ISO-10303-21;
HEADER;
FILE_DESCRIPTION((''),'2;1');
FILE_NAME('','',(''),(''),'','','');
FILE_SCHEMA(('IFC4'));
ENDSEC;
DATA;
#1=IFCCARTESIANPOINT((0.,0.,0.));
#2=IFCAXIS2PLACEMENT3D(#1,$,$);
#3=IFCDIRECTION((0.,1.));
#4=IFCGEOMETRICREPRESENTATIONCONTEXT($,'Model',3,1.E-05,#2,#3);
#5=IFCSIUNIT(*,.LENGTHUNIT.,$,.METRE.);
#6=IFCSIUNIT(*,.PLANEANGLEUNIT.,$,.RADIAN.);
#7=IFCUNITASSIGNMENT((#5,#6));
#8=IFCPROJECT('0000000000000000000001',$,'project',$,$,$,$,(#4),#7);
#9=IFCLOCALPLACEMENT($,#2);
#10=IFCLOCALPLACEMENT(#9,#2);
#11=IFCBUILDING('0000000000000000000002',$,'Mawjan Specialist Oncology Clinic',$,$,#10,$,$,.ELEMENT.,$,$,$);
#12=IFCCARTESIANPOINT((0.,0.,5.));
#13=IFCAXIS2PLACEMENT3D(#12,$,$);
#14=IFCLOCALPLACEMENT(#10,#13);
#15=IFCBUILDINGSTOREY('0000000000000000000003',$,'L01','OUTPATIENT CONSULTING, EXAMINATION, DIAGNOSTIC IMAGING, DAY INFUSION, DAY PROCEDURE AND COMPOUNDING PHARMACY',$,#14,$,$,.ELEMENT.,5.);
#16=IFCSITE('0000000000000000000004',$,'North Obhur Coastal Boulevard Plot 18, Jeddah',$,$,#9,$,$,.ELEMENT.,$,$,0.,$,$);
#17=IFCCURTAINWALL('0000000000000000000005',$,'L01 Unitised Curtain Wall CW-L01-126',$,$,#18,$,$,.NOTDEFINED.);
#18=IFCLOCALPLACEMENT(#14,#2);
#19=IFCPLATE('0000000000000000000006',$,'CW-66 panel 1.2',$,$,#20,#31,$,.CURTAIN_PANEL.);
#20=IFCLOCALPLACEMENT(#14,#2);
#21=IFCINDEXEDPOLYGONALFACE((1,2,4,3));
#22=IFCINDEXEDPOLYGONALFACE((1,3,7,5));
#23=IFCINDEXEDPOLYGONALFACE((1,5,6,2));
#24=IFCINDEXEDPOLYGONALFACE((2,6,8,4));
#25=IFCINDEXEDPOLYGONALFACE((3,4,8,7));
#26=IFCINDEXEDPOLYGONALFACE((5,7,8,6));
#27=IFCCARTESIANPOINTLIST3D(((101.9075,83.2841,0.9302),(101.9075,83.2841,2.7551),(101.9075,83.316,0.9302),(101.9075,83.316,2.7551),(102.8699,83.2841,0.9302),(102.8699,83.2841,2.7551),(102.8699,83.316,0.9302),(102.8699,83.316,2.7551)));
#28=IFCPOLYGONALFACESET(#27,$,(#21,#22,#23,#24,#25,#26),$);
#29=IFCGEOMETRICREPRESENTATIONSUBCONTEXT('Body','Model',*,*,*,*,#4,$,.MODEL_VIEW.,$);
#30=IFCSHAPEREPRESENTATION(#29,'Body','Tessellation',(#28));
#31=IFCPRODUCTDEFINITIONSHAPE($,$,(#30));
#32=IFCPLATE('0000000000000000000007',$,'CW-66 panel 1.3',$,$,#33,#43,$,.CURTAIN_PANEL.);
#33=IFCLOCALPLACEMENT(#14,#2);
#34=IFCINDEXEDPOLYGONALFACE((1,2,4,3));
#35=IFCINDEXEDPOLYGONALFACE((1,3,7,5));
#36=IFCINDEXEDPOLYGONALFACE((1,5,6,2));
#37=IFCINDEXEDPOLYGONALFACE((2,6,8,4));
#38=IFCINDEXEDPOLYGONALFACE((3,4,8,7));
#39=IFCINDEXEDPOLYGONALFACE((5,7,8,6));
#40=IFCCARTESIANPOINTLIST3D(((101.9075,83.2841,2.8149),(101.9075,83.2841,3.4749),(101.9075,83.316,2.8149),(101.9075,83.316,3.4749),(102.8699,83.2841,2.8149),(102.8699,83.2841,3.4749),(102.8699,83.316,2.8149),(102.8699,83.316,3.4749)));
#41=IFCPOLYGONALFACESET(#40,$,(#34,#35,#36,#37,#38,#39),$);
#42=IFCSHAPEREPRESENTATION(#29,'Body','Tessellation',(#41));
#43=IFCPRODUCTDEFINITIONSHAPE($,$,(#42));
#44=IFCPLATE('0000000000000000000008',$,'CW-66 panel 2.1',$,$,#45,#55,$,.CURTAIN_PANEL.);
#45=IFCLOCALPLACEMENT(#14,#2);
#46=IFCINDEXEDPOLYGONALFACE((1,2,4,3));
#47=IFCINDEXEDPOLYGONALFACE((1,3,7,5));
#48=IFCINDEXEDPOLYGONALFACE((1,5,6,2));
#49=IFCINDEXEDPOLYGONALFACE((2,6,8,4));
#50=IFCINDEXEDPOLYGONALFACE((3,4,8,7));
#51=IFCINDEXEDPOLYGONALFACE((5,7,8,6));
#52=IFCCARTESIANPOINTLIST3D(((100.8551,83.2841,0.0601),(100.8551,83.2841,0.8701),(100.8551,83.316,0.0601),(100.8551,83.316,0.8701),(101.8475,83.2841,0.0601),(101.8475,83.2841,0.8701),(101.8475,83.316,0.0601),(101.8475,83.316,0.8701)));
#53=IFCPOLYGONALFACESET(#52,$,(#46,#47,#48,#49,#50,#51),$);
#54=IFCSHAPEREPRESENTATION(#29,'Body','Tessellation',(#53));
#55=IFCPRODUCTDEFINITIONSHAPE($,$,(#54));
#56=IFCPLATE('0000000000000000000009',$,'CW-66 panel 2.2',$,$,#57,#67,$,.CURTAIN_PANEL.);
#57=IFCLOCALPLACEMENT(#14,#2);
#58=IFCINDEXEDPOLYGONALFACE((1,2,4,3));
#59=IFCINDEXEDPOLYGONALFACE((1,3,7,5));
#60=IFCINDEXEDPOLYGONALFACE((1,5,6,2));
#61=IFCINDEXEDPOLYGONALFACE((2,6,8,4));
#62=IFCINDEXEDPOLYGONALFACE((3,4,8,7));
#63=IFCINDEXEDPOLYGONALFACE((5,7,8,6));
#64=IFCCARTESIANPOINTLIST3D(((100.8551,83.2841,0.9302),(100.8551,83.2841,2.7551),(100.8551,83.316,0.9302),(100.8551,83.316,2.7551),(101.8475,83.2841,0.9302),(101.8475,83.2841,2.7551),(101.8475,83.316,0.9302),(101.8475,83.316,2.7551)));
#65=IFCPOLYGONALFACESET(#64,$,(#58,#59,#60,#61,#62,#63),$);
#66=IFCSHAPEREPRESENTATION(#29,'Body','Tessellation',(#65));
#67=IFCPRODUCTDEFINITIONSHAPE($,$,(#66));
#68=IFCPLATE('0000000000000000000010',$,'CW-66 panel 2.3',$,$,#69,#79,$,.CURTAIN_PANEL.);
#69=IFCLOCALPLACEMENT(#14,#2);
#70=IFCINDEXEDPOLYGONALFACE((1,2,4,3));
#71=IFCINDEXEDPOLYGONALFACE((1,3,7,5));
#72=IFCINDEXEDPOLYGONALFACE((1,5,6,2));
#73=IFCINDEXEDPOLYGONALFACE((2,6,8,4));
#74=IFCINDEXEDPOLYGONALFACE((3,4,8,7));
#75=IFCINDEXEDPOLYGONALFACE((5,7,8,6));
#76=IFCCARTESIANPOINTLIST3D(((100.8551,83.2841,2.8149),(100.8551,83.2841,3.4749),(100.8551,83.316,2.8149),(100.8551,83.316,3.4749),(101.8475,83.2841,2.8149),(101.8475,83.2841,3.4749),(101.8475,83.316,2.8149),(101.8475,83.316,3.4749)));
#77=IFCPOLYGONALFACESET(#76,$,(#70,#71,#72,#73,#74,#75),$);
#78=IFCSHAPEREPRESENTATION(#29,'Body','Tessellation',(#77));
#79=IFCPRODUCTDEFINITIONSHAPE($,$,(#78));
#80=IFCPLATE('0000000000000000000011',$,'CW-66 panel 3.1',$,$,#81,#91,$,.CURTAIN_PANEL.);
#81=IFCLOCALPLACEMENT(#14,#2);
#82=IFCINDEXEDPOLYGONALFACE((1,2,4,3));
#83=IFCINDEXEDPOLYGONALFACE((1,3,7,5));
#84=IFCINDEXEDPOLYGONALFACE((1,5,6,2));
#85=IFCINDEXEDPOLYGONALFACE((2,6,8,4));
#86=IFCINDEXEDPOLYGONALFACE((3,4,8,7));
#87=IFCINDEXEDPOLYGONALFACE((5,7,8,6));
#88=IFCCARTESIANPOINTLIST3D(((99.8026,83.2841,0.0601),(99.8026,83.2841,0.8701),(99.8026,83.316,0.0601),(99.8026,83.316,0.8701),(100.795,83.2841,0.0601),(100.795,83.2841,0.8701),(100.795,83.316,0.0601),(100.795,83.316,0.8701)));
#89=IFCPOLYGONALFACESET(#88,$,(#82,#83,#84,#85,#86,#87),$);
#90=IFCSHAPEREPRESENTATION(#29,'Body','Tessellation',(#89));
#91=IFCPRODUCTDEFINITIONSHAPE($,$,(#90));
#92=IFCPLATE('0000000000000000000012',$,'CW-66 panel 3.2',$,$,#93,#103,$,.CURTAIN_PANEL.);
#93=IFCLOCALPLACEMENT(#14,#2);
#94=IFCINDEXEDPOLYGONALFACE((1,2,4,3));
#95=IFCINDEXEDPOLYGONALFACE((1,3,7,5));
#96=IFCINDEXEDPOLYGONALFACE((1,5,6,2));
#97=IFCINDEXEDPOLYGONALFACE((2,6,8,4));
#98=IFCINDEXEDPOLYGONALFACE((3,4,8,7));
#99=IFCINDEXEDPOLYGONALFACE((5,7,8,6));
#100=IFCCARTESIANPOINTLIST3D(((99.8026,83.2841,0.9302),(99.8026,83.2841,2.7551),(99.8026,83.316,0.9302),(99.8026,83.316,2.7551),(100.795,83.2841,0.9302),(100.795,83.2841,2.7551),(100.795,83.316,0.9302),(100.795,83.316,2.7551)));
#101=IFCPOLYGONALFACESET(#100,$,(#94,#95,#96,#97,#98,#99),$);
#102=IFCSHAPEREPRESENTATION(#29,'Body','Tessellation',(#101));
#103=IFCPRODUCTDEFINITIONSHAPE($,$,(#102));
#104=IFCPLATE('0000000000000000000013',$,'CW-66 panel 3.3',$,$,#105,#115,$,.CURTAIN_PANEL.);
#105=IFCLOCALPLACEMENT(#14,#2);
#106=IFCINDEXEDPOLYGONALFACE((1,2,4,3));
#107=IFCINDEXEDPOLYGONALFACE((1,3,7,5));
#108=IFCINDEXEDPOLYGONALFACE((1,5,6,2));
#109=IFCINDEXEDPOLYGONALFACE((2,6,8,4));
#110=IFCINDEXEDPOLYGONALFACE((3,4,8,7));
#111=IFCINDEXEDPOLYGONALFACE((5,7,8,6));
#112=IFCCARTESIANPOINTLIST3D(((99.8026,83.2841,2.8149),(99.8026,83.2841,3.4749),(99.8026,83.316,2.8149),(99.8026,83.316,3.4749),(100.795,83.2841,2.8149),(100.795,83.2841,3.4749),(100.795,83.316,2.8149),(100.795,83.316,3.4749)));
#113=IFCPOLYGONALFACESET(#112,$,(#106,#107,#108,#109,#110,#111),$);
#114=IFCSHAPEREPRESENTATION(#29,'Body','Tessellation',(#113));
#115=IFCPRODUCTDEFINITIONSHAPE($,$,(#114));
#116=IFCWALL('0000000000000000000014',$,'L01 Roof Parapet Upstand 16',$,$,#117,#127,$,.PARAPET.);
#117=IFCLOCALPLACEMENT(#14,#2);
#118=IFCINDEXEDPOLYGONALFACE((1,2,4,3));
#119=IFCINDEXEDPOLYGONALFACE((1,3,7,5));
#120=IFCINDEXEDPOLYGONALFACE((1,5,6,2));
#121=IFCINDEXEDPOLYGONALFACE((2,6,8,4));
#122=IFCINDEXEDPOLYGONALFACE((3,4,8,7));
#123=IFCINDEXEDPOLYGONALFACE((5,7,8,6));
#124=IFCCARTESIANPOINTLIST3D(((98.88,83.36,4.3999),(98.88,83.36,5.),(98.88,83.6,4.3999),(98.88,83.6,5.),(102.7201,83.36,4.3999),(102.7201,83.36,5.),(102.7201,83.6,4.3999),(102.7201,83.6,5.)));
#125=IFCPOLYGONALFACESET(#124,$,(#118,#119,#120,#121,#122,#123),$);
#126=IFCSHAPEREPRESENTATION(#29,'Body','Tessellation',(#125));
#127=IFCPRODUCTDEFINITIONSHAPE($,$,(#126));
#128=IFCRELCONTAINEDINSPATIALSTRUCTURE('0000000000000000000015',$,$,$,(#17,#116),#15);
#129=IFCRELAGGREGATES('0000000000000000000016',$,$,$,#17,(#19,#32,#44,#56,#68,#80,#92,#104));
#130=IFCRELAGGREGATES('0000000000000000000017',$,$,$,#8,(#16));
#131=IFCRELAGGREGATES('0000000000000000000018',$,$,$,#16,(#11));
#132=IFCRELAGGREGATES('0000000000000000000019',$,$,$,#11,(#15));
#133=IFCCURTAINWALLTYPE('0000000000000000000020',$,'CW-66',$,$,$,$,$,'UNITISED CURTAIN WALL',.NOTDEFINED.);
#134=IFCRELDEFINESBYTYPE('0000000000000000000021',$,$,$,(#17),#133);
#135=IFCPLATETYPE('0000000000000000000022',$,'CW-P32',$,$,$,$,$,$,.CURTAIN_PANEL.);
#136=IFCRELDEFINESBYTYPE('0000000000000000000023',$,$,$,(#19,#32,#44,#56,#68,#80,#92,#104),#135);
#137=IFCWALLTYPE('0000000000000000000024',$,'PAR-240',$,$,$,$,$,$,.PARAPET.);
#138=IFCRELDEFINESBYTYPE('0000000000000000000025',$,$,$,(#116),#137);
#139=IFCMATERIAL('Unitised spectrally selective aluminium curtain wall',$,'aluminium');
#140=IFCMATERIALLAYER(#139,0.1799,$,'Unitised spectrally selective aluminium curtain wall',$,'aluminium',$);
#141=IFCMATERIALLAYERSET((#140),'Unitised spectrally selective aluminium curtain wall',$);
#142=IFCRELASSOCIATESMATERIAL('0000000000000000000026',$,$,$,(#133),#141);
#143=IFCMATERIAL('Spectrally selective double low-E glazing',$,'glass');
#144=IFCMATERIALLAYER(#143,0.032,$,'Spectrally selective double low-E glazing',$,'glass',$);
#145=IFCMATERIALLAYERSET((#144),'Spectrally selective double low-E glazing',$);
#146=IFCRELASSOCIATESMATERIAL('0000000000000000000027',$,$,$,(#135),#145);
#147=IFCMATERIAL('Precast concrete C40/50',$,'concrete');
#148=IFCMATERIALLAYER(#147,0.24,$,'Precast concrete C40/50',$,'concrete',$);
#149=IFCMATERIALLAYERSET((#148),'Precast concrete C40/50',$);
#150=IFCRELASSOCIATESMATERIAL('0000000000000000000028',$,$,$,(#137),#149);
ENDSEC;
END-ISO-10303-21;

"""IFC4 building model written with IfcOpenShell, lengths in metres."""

from ifc_helpers import new_model, si_unit, direction, frame, frame_2d, origin, origin_2d, place, context, subcontext, project, spatial, rectangle, extrude, material, layer, layer_set, type_object, element, aggregate, save


model = new_model("IFC4")

# Units and contexts
model_context = context("Model", 3, precision=1e-05, world=origin(), true_north=direction((0.0, 1.0)))
body_context = subcontext(model_context, "Body", "Model", "MODEL_VIEW")
ifc_project = project(units=[si_unit("LENGTHUNIT", "METRE"), si_unit("PLANEANGLEUNIT", "RADIAN")], contexts=[model_context])

# Site, building, storey
site_placement = place(None, origin())
site = spatial("IfcSite", under=ifc_project, at=site_placement, Name="North Obhur Coastal Boulevard Plot 18, Jeddah", CompositionType="ELEMENT", RefElevation=0.0)
building_placement = place(site_placement, origin())
building = spatial("IfcBuilding", under=site, at=building_placement, Name="Mawjan Specialist Oncology Clinic", CompositionType="ELEMENT")
storey_placement = place(building_placement, frame((0.0, 0.0, 5.0)))
storey = spatial("IfcBuildingStorey", under=building, at=storey_placement, Name="L01", Description="OUTPATIENT CONSULTING, EXAMINATION, DIAGNOSTIC IMAGING, DAY INFUSION, DAY PROCEDURE AND COMPOUNDING PHARMACY", CompositionType="ELEMENT", Elevation=5.0)

# Curtain wall
ifc_material_1 = material(Name="Unitised spectrally selective aluminium curtain wall", Category="aluminium")
ifc_layer_1 = layer(ifc_material_1, 0.1799, Name="Unitised spectrally selective aluminium curtain wall", Category="aluminium")
ifc_layer_set_1 = layer_set([ifc_layer_1], Name="Unitised spectrally selective aluminium curtain wall")
curtain_wall_type = type_object("IfcCurtainWallType", Name="CW-66", ElementType="UNITISED CURTAIN WALL", PredefinedType="NOTDEFINED", material=ifc_layer_set_1)
curtain_wall_placement = place(storey_placement, origin())
curtain_wall = element("IfcCurtainWall", 1, at=curtain_wall_placement, inside=storey, type_object=curtain_wall_type, Name="L01 Unitised Curtain Wall CW-L01-126", PredefinedType="NOTDEFINED")

# Plates
ifc_material_2 = material(Name="Spectrally selective double low-E glazing", Category="glass")
ifc_layer_2 = layer(ifc_material_2, 0.032, Name="Spectrally selective double low-E glazing", Category="glass")
ifc_layer_set_2 = layer_set([ifc_layer_2], Name="Spectrally selective double low-E glazing")
plate_type = type_object("IfcPlateType", Name="CW-P32", PredefinedType="CURTAIN_PANEL", material=ifc_layer_set_2)
plate_1_placement = place(storey_placement, frame((102.3887, 83.3, 0.9302), z_axis=(0.0, 0.0, 1.0), x_axis=(-1.0, 0.0, 0.0)))
plate_1 = element("IfcPlate", 2, at=plate_1_placement, type_object=plate_type, Name="CW-66 panel 1.2", PredefinedType="CURTAIN_PANEL", context=body_context, shape_type="SweptSolid", body=[
    extrude(rectangle(XDim=0.9624, YDim=0.032, at=origin_2d()), origin(), (0.0, 0.0, 1.0), 1.825),
])
plate_2_placement = place(storey_placement, frame((102.3887, 83.3, 2.8149), z_axis=(0.0, 0.0, 1.0), x_axis=(-1.0, 0.0, 0.0)))
plate_2 = element("IfcPlate", 3, at=plate_2_placement, type_object=plate_type, Name="CW-66 panel 1.3", PredefinedType="CURTAIN_PANEL", context=body_context, shape_type="SweptSolid", body=[
    extrude(rectangle(XDim=0.9624, YDim=0.032, at=origin_2d()), origin(), (0.0, 0.0, 1.0), 0.6599),
])
plate_3_placement = place(storey_placement, frame((101.3513, 83.3, 0.0601), z_axis=(0.0, 0.0, 1.0), x_axis=(-1.0, 0.0, 0.0)))
plate_3 = element("IfcPlate", 4, at=plate_3_placement, type_object=plate_type, Name="CW-66 panel 2.1", PredefinedType="CURTAIN_PANEL", context=body_context, shape_type="SweptSolid", body=[
    extrude(rectangle(XDim=0.9924, YDim=0.032, at=origin_2d()), origin(), (0.0, 0.0, 1.0), 0.8101),
])
plate_4_placement = place(storey_placement, frame((101.3513, 83.3, 0.9302), z_axis=(0.0, 0.0, 1.0), x_axis=(-1.0, 0.0, 0.0)))
plate_4 = element("IfcPlate", 5, at=plate_4_placement, type_object=plate_type, Name="CW-66 panel 2.2", PredefinedType="CURTAIN_PANEL", context=body_context, shape_type="SweptSolid", body=[
    extrude(rectangle(XDim=0.9924, YDim=0.032, at=origin_2d()), origin(), (0.0, 0.0, 1.0), 1.825),
])
plate_5_placement = place(storey_placement, frame((101.3513, 83.3, 2.8149), z_axis=(0.0, 0.0, 1.0), x_axis=(-1.0, 0.0, 0.0)))
plate_5 = element("IfcPlate", 6, at=plate_5_placement, type_object=plate_type, Name="CW-66 panel 2.3", PredefinedType="CURTAIN_PANEL", context=body_context, shape_type="SweptSolid", body=[
    extrude(rectangle(XDim=0.9924, YDim=0.032, at=origin_2d()), origin(), (0.0, 0.0, 1.0), 0.6599),
])
plate_6_placement = place(storey_placement, frame((100.2988, 83.3, 0.0601), z_axis=(0.0, 0.0, 1.0), x_axis=(-1.0, 0.0, 0.0)))
plate_6 = element("IfcPlate", 7, at=plate_6_placement, type_object=plate_type, Name="CW-66 panel 3.1", PredefinedType="CURTAIN_PANEL", context=body_context, shape_type="SweptSolid", body=[
    extrude(rectangle(XDim=0.9924, YDim=0.032, at=origin_2d()), origin(), (0.0, 0.0, 1.0), 0.8101),
])
plate_7_placement = place(storey_placement, frame((100.2988, 83.3, 0.9302), z_axis=(0.0, 0.0, 1.0), x_axis=(-1.0, 0.0, 0.0)))
plate_7 = element("IfcPlate", 8, at=plate_7_placement, type_object=plate_type, Name="CW-66 panel 3.2", PredefinedType="CURTAIN_PANEL", context=body_context, shape_type="SweptSolid", body=[
    extrude(rectangle(XDim=0.9924, YDim=0.032, at=origin_2d()), origin(), (0.0, 0.0, 1.0), 1.825),
])
plate_8_placement = place(storey_placement, frame((100.2988, 83.3, 2.8149), z_axis=(0.0, 0.0, 1.0), x_axis=(-1.0, 0.0, 0.0)))
plate_8 = element("IfcPlate", 9, at=plate_8_placement, type_object=plate_type, Name="CW-66 panel 3.3", PredefinedType="CURTAIN_PANEL", context=body_context, shape_type="SweptSolid", body=[
    extrude(rectangle(XDim=0.9924, YDim=0.032, at=origin_2d()), origin(), (0.0, 0.0, 1.0), 0.6599),
])
aggregate(curtain_wall, [plate_1, plate_2, plate_3, plate_4, plate_5, plate_6, plate_7, plate_8])

# Wall
ifc_material_3 = material(Name="Precast concrete C40/50", Category="concrete")
ifc_layer_3 = layer(ifc_material_3, 0.24, Name="Precast concrete C40/50", Category="concrete")
ifc_layer_set_3 = layer_set([ifc_layer_3], Name="Precast concrete C40/50")
wall_type = type_object("IfcWallType", Name="PAR-240", PredefinedType="PARAPET", material=ifc_layer_set_3)
wall_placement = place(storey_placement, frame((102.72, 83.48, 4.3999), z_axis=(0.0, 0.0, 1.0), x_axis=(-1.0, 0.0, 0.0)))
element("IfcWall", 10, at=wall_placement, inside=storey, type_object=wall_type, Name="L01 Roof Parapet Upstand 16", PredefinedType="PARAPET", context=body_context, shape_type="SweptSolid", body=[
    extrude(rectangle(XDim=3.8401, YDim=0.24, at=frame_2d((1.9199, 0.0))), origin(), (0.0, 0.0, 1.0), 0.6001),
])

save(model, "model.ifc")
